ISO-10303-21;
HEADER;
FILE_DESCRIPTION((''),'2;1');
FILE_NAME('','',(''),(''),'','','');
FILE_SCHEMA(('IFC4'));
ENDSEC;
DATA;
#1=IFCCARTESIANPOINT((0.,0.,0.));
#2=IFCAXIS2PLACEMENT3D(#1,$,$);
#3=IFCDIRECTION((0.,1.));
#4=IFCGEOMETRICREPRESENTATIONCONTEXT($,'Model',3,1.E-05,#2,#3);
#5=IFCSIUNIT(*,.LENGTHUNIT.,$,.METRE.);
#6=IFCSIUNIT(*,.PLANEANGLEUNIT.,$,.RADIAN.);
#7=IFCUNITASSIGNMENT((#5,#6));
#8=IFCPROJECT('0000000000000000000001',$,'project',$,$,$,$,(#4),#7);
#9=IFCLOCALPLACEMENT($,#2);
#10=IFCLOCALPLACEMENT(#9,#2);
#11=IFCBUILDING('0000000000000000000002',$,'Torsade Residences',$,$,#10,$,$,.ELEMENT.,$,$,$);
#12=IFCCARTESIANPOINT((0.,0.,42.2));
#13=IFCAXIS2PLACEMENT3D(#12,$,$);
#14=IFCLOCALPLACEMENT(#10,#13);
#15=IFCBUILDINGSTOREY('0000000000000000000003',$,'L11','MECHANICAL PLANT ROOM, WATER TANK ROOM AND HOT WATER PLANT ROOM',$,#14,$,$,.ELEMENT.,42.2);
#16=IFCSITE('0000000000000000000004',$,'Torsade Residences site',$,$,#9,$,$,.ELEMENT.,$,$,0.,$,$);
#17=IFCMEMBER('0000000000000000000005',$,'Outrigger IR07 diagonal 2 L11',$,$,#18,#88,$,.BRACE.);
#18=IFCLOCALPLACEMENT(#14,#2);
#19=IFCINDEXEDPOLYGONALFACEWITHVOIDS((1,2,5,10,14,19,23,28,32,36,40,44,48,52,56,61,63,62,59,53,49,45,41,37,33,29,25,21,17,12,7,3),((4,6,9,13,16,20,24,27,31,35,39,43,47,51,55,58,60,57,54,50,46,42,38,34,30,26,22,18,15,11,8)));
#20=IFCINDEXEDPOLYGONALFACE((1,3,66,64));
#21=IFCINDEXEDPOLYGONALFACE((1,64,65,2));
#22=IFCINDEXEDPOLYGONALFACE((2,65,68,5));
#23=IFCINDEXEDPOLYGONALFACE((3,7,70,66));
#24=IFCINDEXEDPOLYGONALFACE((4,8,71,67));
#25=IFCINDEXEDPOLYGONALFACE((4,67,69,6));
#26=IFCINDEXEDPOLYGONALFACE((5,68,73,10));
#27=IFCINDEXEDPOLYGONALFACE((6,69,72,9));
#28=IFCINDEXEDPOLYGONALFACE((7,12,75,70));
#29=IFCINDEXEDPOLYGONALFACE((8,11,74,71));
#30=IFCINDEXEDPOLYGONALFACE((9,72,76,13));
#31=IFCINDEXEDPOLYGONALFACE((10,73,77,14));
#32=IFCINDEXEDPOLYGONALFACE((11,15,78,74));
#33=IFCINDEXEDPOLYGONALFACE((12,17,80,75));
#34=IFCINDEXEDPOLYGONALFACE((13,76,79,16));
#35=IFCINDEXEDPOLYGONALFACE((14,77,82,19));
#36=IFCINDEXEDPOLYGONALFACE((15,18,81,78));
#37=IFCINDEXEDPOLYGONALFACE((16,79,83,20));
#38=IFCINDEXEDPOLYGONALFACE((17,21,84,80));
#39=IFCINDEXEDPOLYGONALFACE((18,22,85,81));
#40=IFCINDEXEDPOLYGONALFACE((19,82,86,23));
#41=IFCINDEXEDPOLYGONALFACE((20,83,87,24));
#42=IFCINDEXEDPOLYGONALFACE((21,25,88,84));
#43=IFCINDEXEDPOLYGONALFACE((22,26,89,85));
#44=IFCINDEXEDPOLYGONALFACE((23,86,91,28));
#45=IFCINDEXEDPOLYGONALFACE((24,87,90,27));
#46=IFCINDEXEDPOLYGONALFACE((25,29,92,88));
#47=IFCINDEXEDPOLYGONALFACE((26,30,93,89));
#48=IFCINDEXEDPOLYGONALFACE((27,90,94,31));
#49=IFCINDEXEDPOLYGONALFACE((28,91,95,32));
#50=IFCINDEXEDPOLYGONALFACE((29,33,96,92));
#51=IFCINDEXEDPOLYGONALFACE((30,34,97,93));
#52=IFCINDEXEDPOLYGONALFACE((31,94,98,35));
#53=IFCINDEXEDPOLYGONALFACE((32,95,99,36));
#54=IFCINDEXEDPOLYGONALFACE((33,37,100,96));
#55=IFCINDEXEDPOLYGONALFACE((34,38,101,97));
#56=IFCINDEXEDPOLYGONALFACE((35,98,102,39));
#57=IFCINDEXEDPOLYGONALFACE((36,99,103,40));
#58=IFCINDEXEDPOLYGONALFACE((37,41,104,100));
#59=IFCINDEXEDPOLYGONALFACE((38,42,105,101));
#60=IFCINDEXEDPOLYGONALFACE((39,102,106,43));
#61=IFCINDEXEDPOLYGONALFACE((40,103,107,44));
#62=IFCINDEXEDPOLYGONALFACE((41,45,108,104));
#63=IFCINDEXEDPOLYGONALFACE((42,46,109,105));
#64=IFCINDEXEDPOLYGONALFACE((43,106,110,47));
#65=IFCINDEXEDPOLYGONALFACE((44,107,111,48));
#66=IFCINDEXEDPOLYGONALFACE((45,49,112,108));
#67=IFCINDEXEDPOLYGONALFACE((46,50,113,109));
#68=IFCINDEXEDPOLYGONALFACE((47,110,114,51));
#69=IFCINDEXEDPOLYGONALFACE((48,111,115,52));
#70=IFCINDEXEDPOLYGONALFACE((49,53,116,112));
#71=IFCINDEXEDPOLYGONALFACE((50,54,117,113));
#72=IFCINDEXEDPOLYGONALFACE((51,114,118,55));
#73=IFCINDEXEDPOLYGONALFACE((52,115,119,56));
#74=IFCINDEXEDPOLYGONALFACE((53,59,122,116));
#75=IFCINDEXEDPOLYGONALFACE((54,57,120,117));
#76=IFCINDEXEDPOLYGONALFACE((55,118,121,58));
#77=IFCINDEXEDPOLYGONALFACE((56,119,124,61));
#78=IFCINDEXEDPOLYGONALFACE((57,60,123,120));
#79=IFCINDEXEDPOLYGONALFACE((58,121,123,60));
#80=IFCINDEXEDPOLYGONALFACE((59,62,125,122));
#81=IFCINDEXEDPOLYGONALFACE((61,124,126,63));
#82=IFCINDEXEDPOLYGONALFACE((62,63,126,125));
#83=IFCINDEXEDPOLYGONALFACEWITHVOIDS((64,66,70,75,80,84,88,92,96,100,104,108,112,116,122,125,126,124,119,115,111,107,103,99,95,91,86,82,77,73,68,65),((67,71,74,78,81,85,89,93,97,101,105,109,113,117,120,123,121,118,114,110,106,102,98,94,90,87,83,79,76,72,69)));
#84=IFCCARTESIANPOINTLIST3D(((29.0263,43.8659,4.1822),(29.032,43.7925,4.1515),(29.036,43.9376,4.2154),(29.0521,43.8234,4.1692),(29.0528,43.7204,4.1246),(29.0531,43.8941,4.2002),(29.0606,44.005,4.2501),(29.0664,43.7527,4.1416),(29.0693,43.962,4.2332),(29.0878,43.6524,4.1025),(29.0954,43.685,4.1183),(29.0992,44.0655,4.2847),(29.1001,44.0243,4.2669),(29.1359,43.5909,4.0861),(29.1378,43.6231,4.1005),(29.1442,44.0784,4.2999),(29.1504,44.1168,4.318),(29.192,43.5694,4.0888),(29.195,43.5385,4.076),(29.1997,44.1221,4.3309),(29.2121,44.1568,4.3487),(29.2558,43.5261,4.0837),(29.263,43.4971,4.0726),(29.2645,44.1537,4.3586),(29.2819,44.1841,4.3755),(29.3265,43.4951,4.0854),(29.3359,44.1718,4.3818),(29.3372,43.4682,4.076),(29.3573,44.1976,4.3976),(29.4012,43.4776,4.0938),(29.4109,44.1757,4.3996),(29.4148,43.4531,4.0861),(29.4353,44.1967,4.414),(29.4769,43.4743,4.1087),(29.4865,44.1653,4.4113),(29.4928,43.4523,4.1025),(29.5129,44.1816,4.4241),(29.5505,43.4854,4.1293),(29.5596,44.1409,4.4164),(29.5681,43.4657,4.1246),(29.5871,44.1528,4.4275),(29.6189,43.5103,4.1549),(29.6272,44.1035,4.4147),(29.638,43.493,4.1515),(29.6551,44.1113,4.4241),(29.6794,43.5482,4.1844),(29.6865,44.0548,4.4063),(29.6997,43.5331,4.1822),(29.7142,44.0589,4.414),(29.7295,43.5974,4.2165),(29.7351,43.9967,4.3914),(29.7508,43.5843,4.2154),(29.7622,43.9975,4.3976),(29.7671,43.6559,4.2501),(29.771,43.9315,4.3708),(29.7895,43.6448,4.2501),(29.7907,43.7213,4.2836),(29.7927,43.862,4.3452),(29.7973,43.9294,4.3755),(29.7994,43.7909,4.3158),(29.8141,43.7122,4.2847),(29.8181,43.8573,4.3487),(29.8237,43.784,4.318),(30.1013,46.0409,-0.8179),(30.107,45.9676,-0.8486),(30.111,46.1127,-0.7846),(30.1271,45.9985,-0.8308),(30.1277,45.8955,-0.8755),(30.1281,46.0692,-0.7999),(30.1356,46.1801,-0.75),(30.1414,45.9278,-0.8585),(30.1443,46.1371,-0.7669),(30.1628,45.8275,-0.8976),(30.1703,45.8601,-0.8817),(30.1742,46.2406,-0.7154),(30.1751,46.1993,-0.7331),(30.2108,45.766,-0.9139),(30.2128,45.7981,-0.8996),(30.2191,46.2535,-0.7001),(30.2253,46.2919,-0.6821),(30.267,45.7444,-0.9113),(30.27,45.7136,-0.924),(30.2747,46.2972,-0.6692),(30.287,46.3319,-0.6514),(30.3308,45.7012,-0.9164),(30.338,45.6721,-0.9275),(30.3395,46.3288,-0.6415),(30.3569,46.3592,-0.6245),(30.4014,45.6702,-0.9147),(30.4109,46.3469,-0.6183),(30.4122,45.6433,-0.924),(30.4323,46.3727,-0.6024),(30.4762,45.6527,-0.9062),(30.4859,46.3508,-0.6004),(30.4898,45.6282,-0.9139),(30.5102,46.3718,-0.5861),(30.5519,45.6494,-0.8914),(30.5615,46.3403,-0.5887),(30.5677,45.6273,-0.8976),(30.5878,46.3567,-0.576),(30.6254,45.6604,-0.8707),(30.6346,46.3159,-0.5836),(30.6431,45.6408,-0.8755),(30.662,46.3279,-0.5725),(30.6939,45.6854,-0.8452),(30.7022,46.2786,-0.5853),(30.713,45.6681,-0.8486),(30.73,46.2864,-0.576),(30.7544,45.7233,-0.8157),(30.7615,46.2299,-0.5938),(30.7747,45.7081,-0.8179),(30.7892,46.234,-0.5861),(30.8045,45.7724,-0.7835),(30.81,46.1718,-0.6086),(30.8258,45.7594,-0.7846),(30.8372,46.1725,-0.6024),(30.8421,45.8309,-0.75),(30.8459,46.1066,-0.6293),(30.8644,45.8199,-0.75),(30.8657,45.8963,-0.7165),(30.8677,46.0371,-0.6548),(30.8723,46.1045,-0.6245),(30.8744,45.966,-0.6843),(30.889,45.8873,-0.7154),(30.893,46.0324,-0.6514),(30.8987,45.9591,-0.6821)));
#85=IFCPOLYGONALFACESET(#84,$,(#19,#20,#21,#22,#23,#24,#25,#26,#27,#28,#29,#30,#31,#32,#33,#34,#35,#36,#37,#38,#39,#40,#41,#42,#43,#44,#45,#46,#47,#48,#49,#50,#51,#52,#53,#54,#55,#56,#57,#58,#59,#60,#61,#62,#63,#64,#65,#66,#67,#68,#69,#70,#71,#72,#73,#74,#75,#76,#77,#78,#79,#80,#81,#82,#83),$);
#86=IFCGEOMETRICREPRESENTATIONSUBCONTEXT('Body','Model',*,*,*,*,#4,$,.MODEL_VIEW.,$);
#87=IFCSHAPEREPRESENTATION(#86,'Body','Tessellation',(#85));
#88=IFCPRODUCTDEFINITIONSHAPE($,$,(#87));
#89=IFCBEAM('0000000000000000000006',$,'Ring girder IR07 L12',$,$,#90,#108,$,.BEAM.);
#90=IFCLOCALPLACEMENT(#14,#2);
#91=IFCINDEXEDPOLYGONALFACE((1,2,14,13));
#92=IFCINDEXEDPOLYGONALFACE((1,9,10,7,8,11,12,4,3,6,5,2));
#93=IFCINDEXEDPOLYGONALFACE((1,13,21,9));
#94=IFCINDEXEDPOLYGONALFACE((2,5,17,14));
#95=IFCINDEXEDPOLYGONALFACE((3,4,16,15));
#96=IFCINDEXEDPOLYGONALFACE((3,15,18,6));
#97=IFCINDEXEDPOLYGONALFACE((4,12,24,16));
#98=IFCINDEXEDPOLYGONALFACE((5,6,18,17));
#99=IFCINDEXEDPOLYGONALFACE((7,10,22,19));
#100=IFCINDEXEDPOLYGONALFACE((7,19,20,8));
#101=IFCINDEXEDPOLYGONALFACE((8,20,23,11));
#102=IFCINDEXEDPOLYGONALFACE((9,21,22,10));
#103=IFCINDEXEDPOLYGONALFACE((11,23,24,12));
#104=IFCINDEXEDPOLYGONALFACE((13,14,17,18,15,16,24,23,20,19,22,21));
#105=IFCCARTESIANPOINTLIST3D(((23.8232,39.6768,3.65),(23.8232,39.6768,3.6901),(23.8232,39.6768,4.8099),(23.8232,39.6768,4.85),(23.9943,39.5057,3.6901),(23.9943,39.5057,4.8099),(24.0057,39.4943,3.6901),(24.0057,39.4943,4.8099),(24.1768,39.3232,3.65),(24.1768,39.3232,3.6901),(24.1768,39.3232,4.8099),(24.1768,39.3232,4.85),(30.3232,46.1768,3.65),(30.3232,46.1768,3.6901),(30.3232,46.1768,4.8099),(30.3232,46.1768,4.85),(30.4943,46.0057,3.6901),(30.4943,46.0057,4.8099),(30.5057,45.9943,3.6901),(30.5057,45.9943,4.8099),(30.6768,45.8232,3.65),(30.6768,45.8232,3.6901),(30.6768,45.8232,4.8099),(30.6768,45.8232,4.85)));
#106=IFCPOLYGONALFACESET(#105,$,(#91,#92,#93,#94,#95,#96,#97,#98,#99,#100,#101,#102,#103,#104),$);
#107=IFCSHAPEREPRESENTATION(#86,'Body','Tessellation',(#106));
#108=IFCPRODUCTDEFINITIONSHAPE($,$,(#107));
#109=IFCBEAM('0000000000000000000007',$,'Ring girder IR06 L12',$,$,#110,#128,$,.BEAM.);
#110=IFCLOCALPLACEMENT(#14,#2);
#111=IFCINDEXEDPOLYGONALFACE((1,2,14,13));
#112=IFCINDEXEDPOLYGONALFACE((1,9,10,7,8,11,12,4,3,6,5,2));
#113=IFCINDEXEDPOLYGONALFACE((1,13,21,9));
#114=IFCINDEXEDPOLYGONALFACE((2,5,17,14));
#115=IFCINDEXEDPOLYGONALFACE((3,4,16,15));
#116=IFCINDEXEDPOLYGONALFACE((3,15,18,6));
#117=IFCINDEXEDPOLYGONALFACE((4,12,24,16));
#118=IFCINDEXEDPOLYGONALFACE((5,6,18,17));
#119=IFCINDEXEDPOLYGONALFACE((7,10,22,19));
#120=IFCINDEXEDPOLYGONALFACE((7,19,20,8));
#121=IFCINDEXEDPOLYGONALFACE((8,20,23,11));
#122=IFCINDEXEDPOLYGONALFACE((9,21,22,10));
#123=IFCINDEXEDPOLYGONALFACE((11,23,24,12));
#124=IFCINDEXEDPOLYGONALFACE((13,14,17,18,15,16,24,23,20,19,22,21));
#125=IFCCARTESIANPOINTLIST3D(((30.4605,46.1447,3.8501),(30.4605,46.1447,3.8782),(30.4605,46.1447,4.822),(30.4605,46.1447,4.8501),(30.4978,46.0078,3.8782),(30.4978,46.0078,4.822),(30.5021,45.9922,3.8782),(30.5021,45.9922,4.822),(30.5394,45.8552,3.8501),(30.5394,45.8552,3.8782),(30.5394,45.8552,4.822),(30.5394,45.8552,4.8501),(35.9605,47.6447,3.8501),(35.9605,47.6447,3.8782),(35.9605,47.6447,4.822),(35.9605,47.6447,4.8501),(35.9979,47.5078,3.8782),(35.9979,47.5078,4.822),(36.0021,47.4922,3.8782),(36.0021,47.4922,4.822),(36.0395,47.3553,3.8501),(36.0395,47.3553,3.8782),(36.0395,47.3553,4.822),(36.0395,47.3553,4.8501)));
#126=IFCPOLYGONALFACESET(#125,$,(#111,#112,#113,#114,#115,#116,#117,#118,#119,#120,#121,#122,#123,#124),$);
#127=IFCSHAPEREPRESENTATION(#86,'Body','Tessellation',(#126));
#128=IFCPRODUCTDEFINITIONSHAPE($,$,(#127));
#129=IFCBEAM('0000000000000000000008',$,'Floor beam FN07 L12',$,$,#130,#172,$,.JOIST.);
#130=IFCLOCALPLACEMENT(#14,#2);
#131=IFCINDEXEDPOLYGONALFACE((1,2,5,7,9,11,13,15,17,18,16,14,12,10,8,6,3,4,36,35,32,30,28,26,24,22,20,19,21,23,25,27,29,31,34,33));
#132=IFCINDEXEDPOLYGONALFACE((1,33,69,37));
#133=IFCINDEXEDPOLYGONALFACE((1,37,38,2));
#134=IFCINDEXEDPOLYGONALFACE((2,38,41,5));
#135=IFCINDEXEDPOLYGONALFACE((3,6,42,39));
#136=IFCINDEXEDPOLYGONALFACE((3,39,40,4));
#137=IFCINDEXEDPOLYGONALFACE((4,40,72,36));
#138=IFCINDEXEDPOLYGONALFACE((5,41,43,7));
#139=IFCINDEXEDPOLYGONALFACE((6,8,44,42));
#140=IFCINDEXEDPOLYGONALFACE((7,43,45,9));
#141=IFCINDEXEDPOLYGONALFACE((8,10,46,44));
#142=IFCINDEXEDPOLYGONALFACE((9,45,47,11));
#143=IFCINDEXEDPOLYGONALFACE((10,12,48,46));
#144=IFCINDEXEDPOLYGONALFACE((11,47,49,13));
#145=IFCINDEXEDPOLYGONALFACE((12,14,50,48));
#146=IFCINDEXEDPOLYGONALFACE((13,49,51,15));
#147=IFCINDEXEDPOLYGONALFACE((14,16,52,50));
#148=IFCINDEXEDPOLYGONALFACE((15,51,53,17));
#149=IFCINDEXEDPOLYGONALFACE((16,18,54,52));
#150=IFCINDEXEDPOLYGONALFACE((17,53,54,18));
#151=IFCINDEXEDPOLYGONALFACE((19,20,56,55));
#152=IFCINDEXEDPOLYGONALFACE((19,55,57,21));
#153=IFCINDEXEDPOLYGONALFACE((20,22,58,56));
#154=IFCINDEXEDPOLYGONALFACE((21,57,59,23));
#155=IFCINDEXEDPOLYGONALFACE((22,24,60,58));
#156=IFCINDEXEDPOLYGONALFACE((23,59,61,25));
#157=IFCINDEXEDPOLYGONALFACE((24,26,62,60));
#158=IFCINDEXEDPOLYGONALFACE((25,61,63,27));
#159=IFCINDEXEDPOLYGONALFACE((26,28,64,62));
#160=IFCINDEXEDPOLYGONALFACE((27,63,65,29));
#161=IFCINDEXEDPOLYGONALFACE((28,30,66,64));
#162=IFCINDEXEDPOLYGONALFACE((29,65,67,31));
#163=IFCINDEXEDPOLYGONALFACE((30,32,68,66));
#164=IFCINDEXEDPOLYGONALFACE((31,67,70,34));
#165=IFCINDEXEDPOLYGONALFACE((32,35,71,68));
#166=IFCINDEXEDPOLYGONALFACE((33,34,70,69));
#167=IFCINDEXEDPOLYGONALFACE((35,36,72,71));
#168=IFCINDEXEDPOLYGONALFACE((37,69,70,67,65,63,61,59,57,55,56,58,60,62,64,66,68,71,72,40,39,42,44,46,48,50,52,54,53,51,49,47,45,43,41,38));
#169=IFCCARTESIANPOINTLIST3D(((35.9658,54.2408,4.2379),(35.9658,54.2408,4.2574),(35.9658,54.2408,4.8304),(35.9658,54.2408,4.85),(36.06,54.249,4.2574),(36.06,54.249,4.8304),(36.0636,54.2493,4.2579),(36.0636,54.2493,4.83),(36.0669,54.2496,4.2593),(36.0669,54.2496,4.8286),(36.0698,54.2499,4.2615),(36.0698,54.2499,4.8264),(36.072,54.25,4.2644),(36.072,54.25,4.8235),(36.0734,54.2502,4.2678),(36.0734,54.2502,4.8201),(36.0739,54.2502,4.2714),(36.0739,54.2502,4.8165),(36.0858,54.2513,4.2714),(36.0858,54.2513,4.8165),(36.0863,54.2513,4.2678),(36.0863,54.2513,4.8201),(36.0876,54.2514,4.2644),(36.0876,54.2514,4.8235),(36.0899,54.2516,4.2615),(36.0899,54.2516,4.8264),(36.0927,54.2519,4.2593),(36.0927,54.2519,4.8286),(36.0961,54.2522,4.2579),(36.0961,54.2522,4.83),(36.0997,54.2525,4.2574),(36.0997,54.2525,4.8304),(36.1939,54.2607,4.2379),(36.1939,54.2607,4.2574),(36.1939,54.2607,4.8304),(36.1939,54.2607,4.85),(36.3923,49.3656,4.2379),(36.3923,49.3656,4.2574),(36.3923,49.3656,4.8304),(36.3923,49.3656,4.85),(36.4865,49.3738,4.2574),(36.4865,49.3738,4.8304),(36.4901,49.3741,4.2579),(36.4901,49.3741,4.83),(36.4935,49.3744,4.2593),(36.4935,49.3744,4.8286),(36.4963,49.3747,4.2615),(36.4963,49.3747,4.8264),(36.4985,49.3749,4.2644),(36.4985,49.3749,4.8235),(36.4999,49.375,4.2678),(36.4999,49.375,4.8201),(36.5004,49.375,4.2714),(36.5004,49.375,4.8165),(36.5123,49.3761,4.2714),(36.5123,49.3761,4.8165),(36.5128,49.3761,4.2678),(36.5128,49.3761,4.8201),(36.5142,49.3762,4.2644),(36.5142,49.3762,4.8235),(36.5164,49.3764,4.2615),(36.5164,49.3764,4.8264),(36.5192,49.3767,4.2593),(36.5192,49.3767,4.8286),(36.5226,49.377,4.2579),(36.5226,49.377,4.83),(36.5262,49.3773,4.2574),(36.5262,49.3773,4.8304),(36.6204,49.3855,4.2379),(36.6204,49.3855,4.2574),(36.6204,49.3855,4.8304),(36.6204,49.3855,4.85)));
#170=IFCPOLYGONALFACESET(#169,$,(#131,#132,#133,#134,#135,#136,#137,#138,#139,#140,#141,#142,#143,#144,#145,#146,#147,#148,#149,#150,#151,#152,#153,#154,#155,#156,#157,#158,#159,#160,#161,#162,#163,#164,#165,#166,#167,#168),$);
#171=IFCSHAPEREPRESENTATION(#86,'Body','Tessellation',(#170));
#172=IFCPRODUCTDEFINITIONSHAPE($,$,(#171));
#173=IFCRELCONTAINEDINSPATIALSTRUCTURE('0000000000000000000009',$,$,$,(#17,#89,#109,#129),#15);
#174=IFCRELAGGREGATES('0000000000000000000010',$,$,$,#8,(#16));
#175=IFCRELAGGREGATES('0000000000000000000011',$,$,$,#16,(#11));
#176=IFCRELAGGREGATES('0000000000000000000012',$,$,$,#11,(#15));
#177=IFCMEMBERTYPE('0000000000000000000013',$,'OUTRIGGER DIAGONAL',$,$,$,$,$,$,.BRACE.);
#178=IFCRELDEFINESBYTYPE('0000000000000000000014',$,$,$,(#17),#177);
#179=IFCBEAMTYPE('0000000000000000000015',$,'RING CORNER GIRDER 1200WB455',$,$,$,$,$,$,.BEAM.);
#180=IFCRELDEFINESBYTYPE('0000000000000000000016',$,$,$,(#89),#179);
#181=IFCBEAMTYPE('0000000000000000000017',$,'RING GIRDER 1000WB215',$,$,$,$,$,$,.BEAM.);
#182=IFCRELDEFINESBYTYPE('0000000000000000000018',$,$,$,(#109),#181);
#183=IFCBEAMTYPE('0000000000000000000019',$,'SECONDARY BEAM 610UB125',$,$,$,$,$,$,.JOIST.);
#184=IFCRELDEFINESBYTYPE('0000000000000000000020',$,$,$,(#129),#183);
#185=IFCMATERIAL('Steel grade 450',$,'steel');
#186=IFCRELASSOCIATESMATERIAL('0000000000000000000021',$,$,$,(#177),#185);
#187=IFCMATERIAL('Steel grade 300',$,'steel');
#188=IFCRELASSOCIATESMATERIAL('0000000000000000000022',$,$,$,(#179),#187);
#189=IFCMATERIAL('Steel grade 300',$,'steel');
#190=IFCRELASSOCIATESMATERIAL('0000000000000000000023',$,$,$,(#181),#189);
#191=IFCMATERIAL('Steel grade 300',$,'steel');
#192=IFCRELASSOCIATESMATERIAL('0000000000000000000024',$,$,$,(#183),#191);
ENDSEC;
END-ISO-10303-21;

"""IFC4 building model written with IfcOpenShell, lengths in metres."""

from ifc_helpers import new_model, si_unit, direction, frame, origin, origin_2d, place, context, subcontext, project, spatial, hollow_circle, i_section, extrude, material, material_profile, profile_set, type_object, element, save


model = new_model("IFC4")

# Units and contexts
model_context = context("Model", 3, precision=1e-05, world=origin(), true_north=direction((0.0, 1.0)))
body_context = subcontext(model_context, "Body", "Model", "MODEL_VIEW")
ifc_project = project(units=[si_unit("LENGTHUNIT", "METRE"), si_unit("PLANEANGLEUNIT", "RADIAN")], contexts=[model_context])

# Site, building, storey
site_placement = place(None, origin())
site = spatial("IfcSite", under=ifc_project, at=site_placement, Name="Torsade Residences site", CompositionType="ELEMENT", RefElevation=0.0)
building_placement = place(site_placement, origin())
building = spatial("IfcBuilding", under=site, at=building_placement, Name="Torsade Residences", CompositionType="ELEMENT")
storey_placement = place(building_placement, frame((0.0, 0.0, 42.2)))
storey = spatial("IfcBuildingStorey", under=building, at=storey_placement, Name="L11", Description="MECHANICAL PLANT ROOM, WATER TANK ROOM AND HOT WATER PLANT ROOM", CompositionType="ELEMENT", Elevation=42.2)

# Member
ifc_material_1 = material(Name="Steel grade 450", Category="steel")
ifc_material_profile_1 = material_profile(ifc_material_1, hollow_circle(Radius=0.4065, WallThickness=0.0249, at=origin_2d()), Name="813.0x25.0CHS")
ifc_profile_set_1 = profile_set([ifc_material_profile_1], Name="Steel grade 450")
member_type_1 = type_object("IfcMemberType", Name="OUTRIGGER DIAGONAL", PredefinedType="BRACE", material=ifc_profile_set_1)
member_1_placement = place(storey_placement, frame((30.5, 46.0, -0.75), z_axis=(-0.193422, -0.391368, 0.899677), x_axis=(0.896491, -0.443063, 0.0)))
element("IfcMember", 1, at=member_1_placement, inside=storey, type_object=member_type_1, Name="Outrigger IR07 diagonal 2 L11", PredefinedType="BRACE", context=body_context, shape_type="SweptSolid", body=[
    extrude(hollow_circle(Radius=0.4065, WallThickness=0.0249, at=origin_2d()), origin(), (0.0, 0.0, 1.0), 5.5576),
])

# Beams
ifc_material_2 = material(Name="Steel grade 300", Category="steel")
ifc_material_profile_2 = material_profile(ifc_material_2, i_section(OverallWidth=0.5, OverallDepth=1.2, WebThickness=0.0161, FlangeThickness=0.04, at=origin_2d()), Name="1200WB455")
ifc_profile_set_2 = profile_set([ifc_material_profile_2], Name="Steel grade 300")
beam_type_1 = type_object("IfcBeamType", Name="RING CORNER GIRDER 1200WB455", PredefinedType="BEAM", material=ifc_profile_set_2)
beam_1_placement = place(storey_placement, frame((30.5, 46.0, 4.25), z_axis=(-0.707107, -0.707107, 0.0), x_axis=(0.707107, -0.707107, 0.0)))
element("IfcBeam", 2, at=beam_1_placement, inside=storey, type_object=beam_type_1, Name="Ring girder IR07 L12", PredefinedType="BEAM", context=body_context, shape_type="SweptSolid", body=[
    extrude(i_section(OverallWidth=0.5, OverallDepth=1.2, WebThickness=0.0161, FlangeThickness=0.04, at=origin_2d()), origin(), (0.0, 0.0, 1.0), 9.1924),
])
ifc_material_3 = material(Name="Steel grade 300", Category="steel")
ifc_material_profile_3 = material_profile(ifc_material_3, i_section(OverallWidth=0.3, OverallDepth=1.0, WebThickness=0.0161, FlangeThickness=0.0281, at=origin_2d()), Name="1000WB215")
ifc_profile_set_3 = profile_set([ifc_material_profile_3], Name="Steel grade 300")
beam_type_2 = type_object("IfcBeamType", Name="RING GIRDER 1000WB215", PredefinedType="BEAM", material=ifc_profile_set_3)
beam_2_placement = place(storey_placement, frame((36.0, 47.5, 4.3501), z_axis=(-0.964764, -0.263117, 0.0), x_axis=(0.263117, -0.964764, 0.0)))
element("IfcBeam", 3, at=beam_2_placement, inside=storey, type_object=beam_type_2, Name="Ring girder IR06 L12", PredefinedType="BEAM", context=body_context, shape_type="SweptSolid", body=[
    extrude(i_section(OverallWidth=0.3, OverallDepth=1.0, WebThickness=0.0161, FlangeThickness=0.0281, at=origin_2d()), origin(), (0.0, 0.0, 1.0), 5.7009),
])
ifc_material_4 = material(Name="Steel grade 300", Category="steel")
ifc_material_profile_4 = material_profile(ifc_material_4, i_section(OverallWidth=0.229, OverallDepth=0.6121, WebThickness=0.012, FlangeThickness=0.0195, FilletRadius=0.0139, at=origin_2d()), Name="610UB125")
ifc_profile_set_4 = profile_set([ifc_material_profile_4], Name="Steel grade 300")
beam_type_3 = type_object("IfcBeamType", Name="SECONDARY BEAM 610UB125", PredefinedType="JOIST", material=ifc_profile_set_4)
beam_3_placement = place(storey_placement, frame((36.0798, 54.2507, 4.5439), z_axis=(0.087153, -0.996195, 0.0), x_axis=(0.996195, 0.087153, 0.0)))
element("IfcBeam", 4, at=beam_3_placement, inside=storey, type_object=beam_type_3, Name="Floor beam FN07 L12", PredefinedType="JOIST", context=body_context, shape_type="SweptSolid", body=[
    extrude(i_section(OverallWidth=0.229, OverallDepth=0.6121, WebThickness=0.012, FlangeThickness=0.0195, FilletRadius=0.0139, at=origin_2d()), origin(), (0.0, 0.0, 1.0), 4.8938),
])

save(model, "model.ifc")
